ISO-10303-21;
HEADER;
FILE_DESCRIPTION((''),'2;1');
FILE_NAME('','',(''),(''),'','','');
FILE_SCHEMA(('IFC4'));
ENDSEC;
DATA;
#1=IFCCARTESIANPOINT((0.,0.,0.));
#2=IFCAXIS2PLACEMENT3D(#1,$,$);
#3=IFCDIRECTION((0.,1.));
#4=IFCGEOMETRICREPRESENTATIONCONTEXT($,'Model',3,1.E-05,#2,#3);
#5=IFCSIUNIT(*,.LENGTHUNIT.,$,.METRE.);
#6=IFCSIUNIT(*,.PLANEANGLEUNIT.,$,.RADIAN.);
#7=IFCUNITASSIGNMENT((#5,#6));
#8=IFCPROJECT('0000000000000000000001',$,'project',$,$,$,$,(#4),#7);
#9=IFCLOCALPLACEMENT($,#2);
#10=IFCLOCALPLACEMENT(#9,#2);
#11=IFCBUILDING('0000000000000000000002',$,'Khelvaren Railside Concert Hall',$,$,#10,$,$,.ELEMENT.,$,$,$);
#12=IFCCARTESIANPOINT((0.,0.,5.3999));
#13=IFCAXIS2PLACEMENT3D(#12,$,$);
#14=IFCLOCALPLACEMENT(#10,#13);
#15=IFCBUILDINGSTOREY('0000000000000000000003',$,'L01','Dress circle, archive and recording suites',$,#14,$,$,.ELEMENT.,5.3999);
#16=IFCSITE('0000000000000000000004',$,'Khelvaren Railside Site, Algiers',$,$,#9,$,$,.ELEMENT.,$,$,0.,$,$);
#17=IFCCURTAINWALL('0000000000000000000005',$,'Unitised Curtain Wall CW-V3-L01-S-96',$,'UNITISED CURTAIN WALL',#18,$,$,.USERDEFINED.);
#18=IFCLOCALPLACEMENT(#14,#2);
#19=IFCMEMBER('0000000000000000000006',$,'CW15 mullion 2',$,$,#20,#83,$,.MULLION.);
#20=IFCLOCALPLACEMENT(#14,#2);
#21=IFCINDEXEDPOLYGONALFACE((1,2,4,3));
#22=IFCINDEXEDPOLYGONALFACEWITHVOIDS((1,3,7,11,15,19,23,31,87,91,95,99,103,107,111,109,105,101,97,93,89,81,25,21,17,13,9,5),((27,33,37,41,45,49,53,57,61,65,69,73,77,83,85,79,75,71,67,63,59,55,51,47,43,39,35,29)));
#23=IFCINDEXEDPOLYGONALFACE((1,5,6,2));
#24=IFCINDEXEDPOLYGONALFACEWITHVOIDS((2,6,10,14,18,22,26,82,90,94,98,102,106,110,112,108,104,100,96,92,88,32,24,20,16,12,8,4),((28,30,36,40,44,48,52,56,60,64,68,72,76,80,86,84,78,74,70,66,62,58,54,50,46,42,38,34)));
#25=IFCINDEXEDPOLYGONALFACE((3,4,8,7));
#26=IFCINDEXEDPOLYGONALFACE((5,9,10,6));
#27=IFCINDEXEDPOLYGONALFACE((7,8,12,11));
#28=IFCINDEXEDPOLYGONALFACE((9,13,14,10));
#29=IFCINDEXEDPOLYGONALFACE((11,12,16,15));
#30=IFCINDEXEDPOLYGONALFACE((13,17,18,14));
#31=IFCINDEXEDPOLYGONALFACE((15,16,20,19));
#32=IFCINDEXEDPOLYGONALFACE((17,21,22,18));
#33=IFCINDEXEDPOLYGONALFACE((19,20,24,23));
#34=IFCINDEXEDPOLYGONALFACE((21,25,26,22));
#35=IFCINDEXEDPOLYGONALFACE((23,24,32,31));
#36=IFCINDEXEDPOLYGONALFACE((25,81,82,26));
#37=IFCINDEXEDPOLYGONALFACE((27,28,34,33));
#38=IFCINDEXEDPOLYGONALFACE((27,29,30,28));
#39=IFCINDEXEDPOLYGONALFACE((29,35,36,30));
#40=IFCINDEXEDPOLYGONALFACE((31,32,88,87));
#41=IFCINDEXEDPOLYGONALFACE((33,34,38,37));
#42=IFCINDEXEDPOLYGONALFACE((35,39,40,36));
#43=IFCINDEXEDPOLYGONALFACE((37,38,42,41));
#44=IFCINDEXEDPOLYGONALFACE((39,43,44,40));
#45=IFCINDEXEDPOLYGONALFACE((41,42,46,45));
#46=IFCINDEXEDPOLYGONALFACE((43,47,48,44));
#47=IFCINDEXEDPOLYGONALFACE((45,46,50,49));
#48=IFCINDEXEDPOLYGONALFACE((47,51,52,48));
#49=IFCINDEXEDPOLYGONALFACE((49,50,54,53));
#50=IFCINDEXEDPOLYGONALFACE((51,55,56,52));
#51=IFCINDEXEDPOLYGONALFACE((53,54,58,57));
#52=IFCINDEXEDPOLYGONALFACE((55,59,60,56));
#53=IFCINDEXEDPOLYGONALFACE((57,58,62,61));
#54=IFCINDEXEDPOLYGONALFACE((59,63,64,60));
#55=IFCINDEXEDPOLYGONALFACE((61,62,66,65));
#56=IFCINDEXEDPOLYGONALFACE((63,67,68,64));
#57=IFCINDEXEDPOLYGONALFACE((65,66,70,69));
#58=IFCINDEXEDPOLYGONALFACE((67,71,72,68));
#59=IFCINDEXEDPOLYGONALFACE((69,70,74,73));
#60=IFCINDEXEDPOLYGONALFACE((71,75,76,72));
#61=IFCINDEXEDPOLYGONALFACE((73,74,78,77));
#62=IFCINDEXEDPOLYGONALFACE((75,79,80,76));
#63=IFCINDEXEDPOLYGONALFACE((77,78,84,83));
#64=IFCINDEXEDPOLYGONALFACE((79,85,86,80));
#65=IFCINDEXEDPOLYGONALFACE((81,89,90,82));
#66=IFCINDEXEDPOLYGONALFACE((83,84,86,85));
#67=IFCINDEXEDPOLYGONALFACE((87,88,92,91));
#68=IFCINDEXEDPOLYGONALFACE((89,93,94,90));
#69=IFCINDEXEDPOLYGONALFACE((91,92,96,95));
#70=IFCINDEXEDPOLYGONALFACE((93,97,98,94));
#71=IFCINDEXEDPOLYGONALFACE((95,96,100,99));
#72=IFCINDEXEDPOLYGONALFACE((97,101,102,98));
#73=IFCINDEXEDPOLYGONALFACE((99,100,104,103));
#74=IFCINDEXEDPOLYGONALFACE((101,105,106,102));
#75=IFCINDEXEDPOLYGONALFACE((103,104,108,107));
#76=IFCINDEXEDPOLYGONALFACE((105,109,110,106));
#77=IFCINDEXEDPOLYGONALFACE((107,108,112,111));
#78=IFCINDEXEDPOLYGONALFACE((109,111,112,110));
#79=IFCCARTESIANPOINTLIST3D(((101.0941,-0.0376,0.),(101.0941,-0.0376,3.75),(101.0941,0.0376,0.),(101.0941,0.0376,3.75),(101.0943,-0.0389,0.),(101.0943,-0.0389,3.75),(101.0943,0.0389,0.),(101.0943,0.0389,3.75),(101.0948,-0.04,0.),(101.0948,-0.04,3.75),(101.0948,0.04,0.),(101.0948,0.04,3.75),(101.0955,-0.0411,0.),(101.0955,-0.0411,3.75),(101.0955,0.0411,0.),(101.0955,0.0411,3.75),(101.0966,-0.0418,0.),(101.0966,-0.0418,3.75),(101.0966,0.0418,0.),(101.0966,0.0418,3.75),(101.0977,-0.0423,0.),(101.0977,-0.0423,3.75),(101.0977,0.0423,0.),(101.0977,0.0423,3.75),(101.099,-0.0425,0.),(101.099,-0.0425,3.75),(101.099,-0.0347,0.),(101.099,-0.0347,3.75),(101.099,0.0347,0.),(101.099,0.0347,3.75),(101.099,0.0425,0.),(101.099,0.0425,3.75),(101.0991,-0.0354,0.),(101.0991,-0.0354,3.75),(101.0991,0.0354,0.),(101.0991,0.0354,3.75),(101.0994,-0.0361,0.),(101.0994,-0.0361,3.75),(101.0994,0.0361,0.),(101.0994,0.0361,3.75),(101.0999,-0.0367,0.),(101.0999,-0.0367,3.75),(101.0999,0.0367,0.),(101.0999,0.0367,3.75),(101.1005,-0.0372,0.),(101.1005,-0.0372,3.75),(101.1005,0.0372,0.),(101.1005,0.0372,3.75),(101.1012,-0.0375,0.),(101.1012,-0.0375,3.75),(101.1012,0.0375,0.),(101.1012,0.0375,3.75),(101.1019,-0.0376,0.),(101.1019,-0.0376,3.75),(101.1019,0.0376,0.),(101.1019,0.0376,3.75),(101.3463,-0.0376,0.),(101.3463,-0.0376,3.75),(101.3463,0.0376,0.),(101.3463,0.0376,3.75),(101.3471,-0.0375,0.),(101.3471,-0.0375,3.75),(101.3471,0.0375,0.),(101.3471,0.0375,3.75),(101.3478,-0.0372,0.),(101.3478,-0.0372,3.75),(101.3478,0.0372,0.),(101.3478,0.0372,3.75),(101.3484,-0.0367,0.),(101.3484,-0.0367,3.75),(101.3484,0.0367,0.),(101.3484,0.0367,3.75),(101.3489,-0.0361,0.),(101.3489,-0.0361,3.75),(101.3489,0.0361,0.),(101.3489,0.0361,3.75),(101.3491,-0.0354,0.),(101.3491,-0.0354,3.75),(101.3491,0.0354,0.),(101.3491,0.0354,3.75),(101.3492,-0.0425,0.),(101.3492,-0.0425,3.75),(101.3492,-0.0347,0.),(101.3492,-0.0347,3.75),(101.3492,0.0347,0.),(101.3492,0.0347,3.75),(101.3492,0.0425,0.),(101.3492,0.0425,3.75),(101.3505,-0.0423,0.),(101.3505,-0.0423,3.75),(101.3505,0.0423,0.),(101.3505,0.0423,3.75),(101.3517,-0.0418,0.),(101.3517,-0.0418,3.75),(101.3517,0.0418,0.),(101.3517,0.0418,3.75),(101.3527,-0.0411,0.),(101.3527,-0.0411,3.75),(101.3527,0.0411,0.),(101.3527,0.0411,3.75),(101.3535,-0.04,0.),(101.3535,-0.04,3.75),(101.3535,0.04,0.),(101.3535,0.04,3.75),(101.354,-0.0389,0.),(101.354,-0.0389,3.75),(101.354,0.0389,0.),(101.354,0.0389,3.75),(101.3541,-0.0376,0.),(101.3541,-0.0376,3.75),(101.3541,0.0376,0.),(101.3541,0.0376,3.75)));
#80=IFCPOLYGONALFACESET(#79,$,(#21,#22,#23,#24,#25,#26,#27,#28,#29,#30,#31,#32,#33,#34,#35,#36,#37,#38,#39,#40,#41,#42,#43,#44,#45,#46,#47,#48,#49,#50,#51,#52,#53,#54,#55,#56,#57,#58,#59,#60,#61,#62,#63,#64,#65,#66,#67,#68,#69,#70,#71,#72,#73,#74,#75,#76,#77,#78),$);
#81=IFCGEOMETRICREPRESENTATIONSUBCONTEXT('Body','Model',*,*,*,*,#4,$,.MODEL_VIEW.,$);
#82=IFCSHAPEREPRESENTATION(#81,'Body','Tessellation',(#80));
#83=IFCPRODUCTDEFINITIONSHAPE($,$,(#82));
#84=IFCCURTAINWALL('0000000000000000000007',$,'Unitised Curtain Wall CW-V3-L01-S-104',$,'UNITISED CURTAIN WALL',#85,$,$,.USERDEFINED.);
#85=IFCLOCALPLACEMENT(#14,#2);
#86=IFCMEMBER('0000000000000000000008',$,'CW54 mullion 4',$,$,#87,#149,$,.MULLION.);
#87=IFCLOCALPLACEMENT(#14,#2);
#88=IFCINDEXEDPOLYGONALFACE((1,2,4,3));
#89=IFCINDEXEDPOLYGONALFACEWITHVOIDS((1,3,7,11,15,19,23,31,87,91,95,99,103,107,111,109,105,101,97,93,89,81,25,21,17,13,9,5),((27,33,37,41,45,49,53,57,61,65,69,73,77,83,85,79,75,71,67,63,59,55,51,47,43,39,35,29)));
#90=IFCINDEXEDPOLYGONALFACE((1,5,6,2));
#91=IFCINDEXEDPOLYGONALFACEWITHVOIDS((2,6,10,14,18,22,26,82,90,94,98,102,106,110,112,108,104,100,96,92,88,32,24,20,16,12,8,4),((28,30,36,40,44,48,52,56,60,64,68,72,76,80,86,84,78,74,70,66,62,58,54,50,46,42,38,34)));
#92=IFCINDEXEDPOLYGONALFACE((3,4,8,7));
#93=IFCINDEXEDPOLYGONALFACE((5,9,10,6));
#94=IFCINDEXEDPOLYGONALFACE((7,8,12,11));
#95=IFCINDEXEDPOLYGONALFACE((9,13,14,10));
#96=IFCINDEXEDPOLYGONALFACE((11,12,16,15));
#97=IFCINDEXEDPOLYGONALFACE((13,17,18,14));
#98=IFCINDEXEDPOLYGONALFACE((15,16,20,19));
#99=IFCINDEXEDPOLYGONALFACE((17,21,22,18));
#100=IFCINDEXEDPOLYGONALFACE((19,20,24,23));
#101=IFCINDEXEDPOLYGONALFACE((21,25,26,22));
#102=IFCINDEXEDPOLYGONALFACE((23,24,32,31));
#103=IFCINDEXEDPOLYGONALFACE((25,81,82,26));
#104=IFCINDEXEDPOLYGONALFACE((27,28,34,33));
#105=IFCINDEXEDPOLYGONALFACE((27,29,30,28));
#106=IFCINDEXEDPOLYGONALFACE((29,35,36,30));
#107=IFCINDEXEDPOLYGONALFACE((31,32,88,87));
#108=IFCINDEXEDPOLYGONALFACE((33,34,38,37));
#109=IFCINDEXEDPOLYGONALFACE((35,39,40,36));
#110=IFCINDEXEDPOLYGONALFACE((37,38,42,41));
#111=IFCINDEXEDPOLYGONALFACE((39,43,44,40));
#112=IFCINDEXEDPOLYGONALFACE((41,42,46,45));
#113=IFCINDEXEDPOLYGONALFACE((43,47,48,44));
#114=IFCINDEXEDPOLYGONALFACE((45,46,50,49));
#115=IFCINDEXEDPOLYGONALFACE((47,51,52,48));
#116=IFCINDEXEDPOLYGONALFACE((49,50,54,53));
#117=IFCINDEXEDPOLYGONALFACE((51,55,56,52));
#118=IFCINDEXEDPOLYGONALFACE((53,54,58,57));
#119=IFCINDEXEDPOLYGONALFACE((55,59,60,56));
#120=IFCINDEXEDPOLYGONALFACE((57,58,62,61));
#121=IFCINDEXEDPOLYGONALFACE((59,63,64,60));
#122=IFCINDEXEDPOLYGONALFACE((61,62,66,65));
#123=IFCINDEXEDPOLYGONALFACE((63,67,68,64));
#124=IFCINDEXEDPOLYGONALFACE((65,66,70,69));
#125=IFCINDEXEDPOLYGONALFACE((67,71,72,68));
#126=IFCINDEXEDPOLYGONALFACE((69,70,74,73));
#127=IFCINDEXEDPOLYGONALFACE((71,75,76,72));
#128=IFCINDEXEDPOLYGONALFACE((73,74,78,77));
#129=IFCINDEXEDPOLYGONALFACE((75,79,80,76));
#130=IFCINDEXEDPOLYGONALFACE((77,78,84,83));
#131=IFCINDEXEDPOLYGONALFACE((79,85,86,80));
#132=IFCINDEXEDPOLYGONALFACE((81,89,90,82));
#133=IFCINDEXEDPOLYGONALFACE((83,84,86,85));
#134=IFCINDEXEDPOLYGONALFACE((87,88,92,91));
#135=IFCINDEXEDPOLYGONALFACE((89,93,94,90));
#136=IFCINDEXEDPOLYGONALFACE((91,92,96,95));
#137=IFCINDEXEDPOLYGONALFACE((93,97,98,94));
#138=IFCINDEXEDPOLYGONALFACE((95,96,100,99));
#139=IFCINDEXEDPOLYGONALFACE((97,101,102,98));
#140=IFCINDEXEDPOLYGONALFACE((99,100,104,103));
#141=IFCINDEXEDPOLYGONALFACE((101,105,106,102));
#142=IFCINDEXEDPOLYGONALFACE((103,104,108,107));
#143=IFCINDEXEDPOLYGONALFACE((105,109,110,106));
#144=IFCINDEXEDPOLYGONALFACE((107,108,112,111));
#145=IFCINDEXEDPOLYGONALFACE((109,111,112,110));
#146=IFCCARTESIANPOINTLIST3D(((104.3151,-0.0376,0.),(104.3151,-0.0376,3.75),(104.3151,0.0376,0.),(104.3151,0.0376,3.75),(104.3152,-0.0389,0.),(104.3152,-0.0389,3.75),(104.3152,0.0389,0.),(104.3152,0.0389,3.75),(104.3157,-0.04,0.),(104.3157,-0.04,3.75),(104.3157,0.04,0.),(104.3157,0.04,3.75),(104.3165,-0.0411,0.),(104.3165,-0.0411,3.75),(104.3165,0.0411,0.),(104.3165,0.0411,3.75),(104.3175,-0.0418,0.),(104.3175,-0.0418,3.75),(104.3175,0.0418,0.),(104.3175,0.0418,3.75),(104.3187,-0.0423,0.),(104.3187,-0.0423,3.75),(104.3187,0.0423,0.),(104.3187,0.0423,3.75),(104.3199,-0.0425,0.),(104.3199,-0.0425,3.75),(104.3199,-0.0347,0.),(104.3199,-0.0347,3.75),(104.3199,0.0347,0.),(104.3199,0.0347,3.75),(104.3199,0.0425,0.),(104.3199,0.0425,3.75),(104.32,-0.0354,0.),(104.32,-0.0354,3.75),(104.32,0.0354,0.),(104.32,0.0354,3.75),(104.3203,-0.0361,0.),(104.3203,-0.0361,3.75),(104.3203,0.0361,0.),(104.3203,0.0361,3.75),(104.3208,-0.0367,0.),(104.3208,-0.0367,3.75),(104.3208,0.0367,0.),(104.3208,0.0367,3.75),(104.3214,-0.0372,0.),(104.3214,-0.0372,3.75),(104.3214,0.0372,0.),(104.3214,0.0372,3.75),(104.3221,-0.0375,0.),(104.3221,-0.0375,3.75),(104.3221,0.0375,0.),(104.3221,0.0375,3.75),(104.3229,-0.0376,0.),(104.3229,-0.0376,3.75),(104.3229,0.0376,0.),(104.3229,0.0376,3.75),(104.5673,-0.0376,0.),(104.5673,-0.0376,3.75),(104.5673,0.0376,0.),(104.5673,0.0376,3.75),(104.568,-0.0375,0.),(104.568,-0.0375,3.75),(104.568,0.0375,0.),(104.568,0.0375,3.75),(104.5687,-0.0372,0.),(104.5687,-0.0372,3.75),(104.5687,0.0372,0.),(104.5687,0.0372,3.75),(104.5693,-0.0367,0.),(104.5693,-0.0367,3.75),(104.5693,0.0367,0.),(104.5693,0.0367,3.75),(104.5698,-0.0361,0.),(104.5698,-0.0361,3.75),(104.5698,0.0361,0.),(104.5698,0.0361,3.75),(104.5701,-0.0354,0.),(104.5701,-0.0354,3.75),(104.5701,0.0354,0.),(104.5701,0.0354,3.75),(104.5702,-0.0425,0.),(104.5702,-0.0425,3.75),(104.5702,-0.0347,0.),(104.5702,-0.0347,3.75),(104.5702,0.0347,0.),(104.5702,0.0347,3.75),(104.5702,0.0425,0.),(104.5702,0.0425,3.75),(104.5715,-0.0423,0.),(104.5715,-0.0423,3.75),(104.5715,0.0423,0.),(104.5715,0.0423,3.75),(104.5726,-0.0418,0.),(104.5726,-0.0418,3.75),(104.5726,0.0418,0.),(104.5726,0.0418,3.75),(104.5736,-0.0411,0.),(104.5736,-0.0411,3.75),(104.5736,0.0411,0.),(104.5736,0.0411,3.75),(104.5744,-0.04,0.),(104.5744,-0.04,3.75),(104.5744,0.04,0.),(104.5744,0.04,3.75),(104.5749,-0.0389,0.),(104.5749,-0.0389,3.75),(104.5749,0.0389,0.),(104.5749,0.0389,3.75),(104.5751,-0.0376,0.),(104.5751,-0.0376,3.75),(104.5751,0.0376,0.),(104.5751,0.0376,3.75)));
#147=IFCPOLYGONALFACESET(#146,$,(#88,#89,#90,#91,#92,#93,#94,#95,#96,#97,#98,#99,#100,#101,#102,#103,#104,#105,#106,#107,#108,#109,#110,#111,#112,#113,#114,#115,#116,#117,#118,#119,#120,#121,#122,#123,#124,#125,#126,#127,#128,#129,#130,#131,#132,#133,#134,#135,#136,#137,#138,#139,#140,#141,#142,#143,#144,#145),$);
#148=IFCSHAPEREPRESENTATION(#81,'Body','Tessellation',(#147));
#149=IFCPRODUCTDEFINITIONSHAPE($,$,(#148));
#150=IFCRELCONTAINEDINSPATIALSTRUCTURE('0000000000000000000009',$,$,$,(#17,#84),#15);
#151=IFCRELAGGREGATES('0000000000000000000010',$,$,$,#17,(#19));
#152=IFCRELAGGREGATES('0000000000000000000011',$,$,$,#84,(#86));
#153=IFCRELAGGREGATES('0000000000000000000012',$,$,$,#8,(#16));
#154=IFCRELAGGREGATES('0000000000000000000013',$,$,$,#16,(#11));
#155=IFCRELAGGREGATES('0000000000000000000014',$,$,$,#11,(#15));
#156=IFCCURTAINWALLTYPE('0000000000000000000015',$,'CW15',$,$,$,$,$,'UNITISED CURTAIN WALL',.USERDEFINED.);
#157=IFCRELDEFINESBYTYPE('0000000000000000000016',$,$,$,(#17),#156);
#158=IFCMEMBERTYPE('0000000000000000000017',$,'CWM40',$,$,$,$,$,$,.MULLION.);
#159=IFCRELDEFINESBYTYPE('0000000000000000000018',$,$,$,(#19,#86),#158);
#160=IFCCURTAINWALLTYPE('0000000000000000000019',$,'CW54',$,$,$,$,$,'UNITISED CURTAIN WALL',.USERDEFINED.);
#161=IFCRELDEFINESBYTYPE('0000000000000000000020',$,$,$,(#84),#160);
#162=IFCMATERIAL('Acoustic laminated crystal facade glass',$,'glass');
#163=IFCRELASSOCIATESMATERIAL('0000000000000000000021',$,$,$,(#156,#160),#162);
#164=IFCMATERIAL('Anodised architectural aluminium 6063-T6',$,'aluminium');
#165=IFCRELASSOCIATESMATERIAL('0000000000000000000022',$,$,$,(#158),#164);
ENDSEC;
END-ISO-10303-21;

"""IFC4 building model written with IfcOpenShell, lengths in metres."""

from ifc_helpers import new_model, si_unit, direction, frame, origin, origin_2d, place, context, subcontext, project, spatial, hollow_rectangle, extrude, material, material_profile, profile_set, type_object, element, aggregate, save


model = new_model("IFC4")

# Units and contexts
model_context = context("Model", 3, precision=1e-05, world=origin(), true_north=direction((0.0, 1.0)))
body_context = subcontext(model_context, "Body", "Model", "MODEL_VIEW")
ifc_project = project(units=[si_unit("LENGTHUNIT", "METRE"), si_unit("PLANEANGLEUNIT", "RADIAN")], contexts=[model_context])

# Site, building, storey
site_placement = place(None, origin())
site = spatial("IfcSite", under=ifc_project, at=site_placement, Name="Khelvaren Railside Site, Algiers", CompositionType="ELEMENT", RefElevation=0.0)
building_placement = place(site_placement, origin())
building = spatial("IfcBuilding", under=site, at=building_placement, Name="Khelvaren Railside Concert Hall", CompositionType="ELEMENT")
storey_placement = place(building_placement, frame((0.0, 0.0, 5.3999)))
storey = spatial("IfcBuildingStorey", under=building, at=storey_placement, Name="L01", Description="Dress circle, archive and recording suites", CompositionType="ELEMENT", Elevation=5.3999)

# Curtain wall, member
ifc_material_1 = material(Name="Acoustic laminated crystal facade glass", Category="glass")
curtain_wall_type_1 = type_object("IfcCurtainWallType", Name="CW15", ElementType="UNITISED CURTAIN WALL", PredefinedType="USERDEFINED", material=ifc_material_1)
curtain_wall_1_placement = place(storey_placement, origin())
curtain_wall_1 = element("IfcCurtainWall", 1, at=curtain_wall_1_placement, inside=storey, type_object=curtain_wall_type_1, Name="Unitised Curtain Wall CW-V3-L01-S-96", ObjectType="UNITISED CURTAIN WALL", PredefinedType="USERDEFINED")
ifc_material_2 = material(Name="Anodised architectural aluminium 6063-T6", Category="aluminium")
ifc_material_profile_1 = material_profile(ifc_material_2, hollow_rectangle(XDim=0.085, YDim=0.26, WallThickness=0.0049, InnerFilletRadius=0.0029, OuterFilletRadius=0.0049, at=origin_2d()), Name="CWM 85x260x5")
ifc_profile_set_1 = profile_set([ifc_material_profile_1], Name="Anodised architectural aluminium 6063-T6")
member_type_1 = type_object("IfcMemberType", Name="CWM40", PredefinedType="MULLION", material=ifc_profile_set_1)
member_1_placement = place(storey_placement, frame((101.2241, 0.0, 0.0), z_axis=(0.0, 0.0, 1.0), x_axis=(0.0, -1.0, 0.0)))
member_1 = element("IfcMember", 2, at=member_1_placement, type_object=member_type_1, Name="CW15 mullion 2", PredefinedType="MULLION", context=body_context, shape_type="SweptSolid", body=[
    extrude(hollow_rectangle(XDim=0.085, YDim=0.26, WallThickness=0.0049, InnerFilletRadius=0.0029, OuterFilletRadius=0.0049, at=origin_2d()), origin(), (0.0, 0.0, 1.0), 3.75),
])

# Curtain wall, member
curtain_wall_type_2 = type_object("IfcCurtainWallType", Name="CW54", ElementType="UNITISED CURTAIN WALL", PredefinedType="USERDEFINED", material=ifc_material_1)
curtain_wall_2_placement = place(storey_placement, origin())
curtain_wall_2 = element("IfcCurtainWall", 3, at=curtain_wall_2_placement, inside=storey, type_object=curtain_wall_type_2, Name="Unitised Curtain Wall CW-V3-L01-S-104", ObjectType="UNITISED CURTAIN WALL", PredefinedType="USERDEFINED")
member_2_placement = place(storey_placement, frame((104.4451, 0.0, 0.0), z_axis=(0.0, 0.0, 1.0), x_axis=(0.0, -1.0, 0.0)))
member_2 = element("IfcMember", 4, at=member_2_placement, type_object=member_type_1, Name="CW54 mullion 4", PredefinedType="MULLION", context=body_context, shape_type="SweptSolid", body=[
    extrude(hollow_rectangle(XDim=0.085, YDim=0.26, WallThickness=0.0049, InnerFilletRadius=0.0029, OuterFilletRadius=0.0049, at=origin_2d()), origin(), (0.0, 0.0, 1.0), 3.75),
])

aggregate(curtain_wall_1, [member_1])
aggregate(curtain_wall_2, [member_2])

save(model, "model.ifc")
